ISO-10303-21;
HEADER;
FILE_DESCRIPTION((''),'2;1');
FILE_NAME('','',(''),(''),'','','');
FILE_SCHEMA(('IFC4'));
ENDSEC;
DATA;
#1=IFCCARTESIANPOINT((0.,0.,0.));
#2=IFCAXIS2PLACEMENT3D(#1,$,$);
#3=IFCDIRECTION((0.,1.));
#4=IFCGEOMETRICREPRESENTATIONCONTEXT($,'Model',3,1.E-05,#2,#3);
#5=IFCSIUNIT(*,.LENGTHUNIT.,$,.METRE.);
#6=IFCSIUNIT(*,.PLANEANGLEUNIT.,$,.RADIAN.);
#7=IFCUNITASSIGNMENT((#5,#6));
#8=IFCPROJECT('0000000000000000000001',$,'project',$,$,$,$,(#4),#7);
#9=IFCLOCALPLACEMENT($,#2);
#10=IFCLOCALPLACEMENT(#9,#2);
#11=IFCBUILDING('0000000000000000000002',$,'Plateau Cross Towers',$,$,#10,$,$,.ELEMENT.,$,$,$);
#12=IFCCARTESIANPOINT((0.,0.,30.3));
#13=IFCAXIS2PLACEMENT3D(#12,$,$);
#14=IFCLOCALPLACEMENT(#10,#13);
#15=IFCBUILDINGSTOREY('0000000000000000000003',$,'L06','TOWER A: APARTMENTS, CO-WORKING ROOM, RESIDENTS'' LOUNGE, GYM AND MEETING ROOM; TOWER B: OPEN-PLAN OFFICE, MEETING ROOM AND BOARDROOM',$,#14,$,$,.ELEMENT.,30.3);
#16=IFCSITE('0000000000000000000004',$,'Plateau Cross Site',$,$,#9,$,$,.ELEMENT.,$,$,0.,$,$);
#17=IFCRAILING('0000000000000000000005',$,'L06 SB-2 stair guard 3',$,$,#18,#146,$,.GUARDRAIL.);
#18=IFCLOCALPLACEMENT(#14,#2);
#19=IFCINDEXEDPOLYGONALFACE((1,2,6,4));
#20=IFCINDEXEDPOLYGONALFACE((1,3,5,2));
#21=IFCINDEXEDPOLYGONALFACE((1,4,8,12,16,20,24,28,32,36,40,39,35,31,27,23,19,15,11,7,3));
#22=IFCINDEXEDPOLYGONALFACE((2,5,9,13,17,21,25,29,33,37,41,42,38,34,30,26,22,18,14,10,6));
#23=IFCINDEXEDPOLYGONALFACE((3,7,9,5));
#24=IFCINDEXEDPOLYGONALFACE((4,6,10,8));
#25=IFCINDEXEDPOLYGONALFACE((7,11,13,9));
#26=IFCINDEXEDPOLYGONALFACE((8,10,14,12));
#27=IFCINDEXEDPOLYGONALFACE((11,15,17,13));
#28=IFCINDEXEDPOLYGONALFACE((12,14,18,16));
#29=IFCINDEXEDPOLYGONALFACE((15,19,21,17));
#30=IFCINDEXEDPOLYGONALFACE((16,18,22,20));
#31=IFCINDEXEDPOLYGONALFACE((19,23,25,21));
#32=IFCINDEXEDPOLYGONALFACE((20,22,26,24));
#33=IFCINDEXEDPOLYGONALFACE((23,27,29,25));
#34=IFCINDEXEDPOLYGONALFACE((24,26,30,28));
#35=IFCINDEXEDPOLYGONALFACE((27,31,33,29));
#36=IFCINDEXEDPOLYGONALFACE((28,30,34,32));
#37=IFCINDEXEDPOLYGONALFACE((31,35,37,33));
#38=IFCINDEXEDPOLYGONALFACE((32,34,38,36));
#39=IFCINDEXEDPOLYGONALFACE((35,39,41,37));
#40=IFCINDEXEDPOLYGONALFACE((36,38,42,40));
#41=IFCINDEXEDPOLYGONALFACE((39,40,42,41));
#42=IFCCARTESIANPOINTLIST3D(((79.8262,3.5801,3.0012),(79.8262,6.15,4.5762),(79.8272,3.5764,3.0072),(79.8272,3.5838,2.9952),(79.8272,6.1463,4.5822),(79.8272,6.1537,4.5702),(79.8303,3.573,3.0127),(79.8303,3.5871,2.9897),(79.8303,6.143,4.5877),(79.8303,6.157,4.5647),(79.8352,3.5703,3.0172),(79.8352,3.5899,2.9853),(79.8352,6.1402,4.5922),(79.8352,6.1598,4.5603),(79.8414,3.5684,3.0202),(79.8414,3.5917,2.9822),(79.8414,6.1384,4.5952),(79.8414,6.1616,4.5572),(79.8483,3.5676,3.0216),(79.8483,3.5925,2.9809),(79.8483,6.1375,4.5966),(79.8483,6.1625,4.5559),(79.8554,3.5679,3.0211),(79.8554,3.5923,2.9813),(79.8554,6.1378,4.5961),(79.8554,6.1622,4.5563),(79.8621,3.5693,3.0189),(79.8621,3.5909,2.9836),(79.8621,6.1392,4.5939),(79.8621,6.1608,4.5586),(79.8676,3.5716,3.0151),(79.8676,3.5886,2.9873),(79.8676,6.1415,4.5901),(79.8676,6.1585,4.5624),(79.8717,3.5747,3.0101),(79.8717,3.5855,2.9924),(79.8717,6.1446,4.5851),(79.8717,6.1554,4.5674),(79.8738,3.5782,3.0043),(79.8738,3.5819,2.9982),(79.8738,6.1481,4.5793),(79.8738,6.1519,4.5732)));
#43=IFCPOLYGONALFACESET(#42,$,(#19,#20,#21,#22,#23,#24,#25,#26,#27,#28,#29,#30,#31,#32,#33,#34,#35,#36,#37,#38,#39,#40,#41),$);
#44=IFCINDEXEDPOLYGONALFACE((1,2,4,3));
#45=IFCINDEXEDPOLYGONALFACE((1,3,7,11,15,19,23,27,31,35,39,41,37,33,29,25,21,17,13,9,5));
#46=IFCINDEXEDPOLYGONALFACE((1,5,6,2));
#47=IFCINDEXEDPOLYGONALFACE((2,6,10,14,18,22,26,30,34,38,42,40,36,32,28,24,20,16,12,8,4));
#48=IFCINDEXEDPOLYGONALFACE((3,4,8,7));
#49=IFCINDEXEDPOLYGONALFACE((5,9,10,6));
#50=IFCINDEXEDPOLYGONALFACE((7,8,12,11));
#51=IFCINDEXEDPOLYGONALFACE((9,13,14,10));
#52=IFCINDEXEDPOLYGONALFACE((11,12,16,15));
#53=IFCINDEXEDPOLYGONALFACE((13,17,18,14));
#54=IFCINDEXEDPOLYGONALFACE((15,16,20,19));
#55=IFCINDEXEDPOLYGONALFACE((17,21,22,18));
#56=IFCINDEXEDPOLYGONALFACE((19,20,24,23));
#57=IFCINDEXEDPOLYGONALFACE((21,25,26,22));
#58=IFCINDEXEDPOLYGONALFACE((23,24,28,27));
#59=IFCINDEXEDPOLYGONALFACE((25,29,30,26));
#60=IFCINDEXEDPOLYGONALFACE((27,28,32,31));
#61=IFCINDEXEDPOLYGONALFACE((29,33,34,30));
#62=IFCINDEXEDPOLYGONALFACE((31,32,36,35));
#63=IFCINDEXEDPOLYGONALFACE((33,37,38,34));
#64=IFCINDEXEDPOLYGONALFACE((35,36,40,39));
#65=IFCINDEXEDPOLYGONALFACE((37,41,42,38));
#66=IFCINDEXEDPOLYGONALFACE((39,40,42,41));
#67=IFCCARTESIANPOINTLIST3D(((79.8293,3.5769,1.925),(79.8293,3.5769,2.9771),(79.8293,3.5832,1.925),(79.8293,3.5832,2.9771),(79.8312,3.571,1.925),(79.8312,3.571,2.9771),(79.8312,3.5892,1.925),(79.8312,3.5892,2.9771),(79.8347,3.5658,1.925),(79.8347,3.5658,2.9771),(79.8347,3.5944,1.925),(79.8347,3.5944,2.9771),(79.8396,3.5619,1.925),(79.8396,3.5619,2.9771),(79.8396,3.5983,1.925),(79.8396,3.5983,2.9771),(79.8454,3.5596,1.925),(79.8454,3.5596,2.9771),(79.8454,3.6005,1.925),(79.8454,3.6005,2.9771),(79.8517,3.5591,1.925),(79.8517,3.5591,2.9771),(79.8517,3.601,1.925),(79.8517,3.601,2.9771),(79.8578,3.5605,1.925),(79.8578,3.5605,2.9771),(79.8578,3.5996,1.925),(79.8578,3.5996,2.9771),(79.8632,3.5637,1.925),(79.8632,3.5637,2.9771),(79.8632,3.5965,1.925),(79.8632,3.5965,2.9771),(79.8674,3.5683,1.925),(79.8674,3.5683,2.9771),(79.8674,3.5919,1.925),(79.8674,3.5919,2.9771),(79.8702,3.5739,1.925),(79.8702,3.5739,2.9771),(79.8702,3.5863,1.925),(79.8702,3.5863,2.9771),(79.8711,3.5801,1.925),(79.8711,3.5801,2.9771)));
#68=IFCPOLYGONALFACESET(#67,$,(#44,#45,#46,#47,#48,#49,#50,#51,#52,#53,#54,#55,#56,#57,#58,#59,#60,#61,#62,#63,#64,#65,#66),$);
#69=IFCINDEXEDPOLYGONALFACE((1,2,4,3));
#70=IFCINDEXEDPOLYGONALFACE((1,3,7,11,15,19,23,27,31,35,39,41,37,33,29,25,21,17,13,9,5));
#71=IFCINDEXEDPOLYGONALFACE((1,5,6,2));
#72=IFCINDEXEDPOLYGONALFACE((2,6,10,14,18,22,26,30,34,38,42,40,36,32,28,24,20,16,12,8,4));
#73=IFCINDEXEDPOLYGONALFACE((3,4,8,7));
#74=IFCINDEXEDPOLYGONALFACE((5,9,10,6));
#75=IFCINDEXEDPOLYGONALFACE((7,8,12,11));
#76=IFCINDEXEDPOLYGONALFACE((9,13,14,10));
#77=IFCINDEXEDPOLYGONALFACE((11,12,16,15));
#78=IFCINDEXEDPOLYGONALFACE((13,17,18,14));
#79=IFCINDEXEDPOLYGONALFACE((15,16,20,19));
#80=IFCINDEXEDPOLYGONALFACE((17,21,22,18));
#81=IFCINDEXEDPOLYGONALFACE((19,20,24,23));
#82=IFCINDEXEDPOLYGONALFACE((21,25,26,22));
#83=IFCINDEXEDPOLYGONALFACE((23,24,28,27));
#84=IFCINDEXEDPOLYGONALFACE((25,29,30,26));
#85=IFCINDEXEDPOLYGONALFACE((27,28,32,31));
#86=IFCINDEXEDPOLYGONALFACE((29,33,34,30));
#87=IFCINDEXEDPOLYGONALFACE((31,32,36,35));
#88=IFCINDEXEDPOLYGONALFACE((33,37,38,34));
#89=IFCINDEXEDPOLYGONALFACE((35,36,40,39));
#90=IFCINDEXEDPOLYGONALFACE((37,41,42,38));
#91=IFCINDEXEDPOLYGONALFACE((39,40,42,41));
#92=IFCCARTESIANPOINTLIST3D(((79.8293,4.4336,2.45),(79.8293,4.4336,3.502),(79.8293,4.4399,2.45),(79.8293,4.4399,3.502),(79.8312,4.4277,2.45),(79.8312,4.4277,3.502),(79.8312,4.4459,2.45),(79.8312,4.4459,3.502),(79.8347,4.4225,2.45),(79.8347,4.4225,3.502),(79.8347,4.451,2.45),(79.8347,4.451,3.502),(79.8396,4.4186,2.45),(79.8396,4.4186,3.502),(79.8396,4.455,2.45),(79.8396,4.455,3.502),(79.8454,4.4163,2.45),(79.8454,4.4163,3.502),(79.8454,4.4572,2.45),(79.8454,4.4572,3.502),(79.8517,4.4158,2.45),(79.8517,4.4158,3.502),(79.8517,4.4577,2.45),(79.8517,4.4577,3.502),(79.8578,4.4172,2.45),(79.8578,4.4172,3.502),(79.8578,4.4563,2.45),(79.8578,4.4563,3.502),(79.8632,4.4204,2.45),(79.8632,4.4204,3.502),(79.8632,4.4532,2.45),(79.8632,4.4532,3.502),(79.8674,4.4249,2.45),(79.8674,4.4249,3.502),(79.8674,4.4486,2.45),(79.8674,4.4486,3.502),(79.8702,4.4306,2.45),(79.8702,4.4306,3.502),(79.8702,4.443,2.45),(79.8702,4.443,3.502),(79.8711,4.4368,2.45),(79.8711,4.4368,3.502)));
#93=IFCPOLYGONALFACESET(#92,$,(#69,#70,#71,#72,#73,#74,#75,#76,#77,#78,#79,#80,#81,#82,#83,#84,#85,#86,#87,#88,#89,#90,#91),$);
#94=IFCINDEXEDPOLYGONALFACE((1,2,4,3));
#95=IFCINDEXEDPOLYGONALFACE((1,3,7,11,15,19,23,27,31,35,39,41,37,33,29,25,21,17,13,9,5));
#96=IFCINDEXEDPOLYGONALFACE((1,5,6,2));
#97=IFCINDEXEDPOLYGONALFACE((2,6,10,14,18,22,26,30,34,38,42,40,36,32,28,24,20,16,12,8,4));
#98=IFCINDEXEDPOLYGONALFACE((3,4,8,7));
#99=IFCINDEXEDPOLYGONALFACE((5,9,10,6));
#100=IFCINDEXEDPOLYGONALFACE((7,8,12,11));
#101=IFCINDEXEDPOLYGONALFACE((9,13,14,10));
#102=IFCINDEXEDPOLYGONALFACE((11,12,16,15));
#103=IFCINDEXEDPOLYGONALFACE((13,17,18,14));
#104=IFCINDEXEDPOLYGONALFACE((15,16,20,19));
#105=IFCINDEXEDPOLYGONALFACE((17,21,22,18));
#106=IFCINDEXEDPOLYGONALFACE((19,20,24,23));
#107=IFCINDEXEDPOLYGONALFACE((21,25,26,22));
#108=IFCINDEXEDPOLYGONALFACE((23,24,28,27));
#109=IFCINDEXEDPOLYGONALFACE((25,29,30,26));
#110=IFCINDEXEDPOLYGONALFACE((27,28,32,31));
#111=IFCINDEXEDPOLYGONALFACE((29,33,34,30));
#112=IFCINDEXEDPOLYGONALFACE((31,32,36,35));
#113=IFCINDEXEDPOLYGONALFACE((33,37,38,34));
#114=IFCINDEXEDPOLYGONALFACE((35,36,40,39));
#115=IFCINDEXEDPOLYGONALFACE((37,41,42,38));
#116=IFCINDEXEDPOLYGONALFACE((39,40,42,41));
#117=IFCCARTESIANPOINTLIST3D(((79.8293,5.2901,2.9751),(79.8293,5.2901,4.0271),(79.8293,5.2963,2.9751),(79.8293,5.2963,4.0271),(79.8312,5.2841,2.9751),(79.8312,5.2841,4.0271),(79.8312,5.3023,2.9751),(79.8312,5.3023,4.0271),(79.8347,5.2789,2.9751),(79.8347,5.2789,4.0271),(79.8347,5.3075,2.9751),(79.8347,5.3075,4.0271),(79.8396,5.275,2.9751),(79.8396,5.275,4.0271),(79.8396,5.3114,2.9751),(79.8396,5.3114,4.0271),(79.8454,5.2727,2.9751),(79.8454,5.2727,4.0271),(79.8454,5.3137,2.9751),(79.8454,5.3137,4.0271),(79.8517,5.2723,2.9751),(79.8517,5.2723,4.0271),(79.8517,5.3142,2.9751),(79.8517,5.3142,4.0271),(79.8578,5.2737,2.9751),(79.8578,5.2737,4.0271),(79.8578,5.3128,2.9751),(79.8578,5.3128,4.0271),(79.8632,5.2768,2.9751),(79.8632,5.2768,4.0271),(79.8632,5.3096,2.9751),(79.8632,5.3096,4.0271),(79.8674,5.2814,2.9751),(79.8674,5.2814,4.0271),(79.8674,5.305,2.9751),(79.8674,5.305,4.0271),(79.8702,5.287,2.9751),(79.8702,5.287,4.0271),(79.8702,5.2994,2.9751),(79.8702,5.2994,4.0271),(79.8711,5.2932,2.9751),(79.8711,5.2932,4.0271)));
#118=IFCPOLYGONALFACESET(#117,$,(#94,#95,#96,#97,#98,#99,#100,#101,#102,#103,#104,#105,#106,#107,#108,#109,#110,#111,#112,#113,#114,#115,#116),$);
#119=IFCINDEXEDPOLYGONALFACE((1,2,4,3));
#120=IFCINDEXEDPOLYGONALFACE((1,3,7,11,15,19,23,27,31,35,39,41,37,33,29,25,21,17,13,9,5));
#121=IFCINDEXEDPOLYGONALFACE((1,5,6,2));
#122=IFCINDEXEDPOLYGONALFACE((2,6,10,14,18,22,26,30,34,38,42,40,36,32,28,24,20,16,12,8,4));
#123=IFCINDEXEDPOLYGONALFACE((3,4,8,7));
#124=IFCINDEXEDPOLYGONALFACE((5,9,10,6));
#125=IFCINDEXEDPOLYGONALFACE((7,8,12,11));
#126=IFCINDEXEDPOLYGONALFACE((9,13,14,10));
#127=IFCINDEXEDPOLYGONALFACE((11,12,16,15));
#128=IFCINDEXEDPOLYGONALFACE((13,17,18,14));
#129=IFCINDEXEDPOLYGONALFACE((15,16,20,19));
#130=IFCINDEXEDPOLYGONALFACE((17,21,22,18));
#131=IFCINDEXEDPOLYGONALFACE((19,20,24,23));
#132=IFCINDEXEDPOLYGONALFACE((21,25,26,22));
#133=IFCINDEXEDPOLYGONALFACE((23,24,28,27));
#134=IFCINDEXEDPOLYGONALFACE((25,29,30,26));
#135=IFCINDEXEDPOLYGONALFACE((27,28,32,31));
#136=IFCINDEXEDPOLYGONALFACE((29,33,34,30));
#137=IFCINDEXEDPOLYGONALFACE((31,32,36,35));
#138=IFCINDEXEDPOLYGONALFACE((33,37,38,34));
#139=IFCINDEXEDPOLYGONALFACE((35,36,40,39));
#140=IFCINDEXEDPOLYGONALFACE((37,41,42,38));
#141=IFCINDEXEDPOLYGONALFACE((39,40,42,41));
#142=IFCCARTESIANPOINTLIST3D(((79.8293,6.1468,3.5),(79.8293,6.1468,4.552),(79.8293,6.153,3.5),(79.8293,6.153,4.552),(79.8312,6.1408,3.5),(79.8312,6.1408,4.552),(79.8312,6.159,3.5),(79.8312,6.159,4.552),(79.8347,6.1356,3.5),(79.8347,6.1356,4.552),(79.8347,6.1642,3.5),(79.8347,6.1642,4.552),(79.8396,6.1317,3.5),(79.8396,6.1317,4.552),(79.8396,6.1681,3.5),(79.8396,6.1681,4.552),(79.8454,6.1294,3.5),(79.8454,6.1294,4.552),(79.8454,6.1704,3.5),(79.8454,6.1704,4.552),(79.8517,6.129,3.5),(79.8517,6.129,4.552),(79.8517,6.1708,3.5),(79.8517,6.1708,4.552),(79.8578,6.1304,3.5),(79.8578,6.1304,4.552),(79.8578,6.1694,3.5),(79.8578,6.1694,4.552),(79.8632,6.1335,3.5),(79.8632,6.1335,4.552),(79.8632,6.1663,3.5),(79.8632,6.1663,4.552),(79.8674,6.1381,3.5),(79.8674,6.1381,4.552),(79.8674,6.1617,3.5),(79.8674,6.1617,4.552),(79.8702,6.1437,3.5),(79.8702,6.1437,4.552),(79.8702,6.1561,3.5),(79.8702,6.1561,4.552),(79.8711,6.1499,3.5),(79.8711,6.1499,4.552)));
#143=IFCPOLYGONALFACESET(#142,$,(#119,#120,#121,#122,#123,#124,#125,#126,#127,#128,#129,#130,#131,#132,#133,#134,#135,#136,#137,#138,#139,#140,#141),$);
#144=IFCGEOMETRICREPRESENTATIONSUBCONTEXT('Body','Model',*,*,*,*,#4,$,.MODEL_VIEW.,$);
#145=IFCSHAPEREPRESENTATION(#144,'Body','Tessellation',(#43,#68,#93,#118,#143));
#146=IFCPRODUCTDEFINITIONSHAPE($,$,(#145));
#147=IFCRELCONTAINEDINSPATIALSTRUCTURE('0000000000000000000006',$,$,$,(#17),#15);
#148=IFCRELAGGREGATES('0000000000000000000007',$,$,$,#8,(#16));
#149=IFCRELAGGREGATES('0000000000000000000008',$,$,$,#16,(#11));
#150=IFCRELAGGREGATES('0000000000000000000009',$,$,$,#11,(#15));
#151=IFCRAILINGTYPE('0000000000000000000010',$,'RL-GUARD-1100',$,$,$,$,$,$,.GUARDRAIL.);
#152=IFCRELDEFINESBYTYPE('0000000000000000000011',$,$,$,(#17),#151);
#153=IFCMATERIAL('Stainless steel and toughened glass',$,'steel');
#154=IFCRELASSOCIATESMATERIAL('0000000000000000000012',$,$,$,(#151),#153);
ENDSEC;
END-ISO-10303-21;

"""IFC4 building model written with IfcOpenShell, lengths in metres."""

from ifc_helpers import new_model, si_unit, direction, frame, origin, origin_2d, place, context, subcontext, project, spatial, circle, extrude, material, type_object, element, save


model = new_model("IFC4")

# Units and contexts
model_context = context("Model", 3, precision=1e-05, world=origin(), true_north=direction((0.0, 1.0)))
body_context = subcontext(model_context, "Body", "Model", "MODEL_VIEW")
ifc_project = project(units=[si_unit("LENGTHUNIT", "METRE"), si_unit("PLANEANGLEUNIT", "RADIAN")], contexts=[model_context])

# Site, building, storey
site_placement = place(None, origin())
site = spatial("IfcSite", under=ifc_project, at=site_placement, Name="Plateau Cross Site", CompositionType="ELEMENT", RefElevation=0.0)
building_placement = place(site_placement, origin())
building = spatial("IfcBuilding", under=site, at=building_placement, Name="Plateau Cross Towers", CompositionType="ELEMENT")
storey_placement = place(building_placement, frame((0.0, 0.0, 30.3)))
storey = spatial("IfcBuildingStorey", under=building, at=storey_placement, Name="L06", Description="TOWER A: APARTMENTS, CO-WORKING ROOM, RESIDENTS' LOUNGE, GYM AND MEETING ROOM; TOWER B: OPEN-PLAN OFFICE, MEETING ROOM AND BOARDROOM", CompositionType="ELEMENT", Elevation=30.3)

# Railing
ifc_material_1 = material(Name="Stainless steel and toughened glass", Category="steel")
railing_type_1 = type_object("IfcRailingType", Name="RL-GUARD-1100", PredefinedType="GUARDRAIL", material=ifc_material_1)
railing_1_placement = place(storey_placement, frame((79.8501, 3.5801, 1.925)))
element("IfcRailing", 1, at=railing_1_placement, inside=storey, type_object=railing_type_1, Name="L06 SB-2 stair guard 3", PredefinedType="GUARDRAIL", context=body_context, shape_type="SweptSolid", body=[
    extrude(circle(Radius=0.0239, at=origin_2d()), frame((0.0, 0.0, 1.0762), z_axis=(0.0, 0.852616, 0.522537), x_axis=(-1.0, 0.0, 0.0)), (0.0, 0.0, 1.0), 3.0142),
    extrude(circle(Radius=0.021, at=origin_2d()), origin(), (0.0, 0.0, 1.0), 1.052),
    extrude(circle(Radius=0.021, at=origin_2d()), frame((0.0, 0.8567, 0.5249)), (0.0, 0.0, 1.0), 1.052),
    extrude(circle(Radius=0.021, at=origin_2d()), frame((0.0, 1.7131, 1.05)), (0.0, 0.0, 1.0), 1.052),
    extrude(circle(Radius=0.021, at=origin_2d()), frame((0.0, 2.5698, 1.575)), (0.0, 0.0, 1.0), 1.052),
])

save(model, "model.ifc")
